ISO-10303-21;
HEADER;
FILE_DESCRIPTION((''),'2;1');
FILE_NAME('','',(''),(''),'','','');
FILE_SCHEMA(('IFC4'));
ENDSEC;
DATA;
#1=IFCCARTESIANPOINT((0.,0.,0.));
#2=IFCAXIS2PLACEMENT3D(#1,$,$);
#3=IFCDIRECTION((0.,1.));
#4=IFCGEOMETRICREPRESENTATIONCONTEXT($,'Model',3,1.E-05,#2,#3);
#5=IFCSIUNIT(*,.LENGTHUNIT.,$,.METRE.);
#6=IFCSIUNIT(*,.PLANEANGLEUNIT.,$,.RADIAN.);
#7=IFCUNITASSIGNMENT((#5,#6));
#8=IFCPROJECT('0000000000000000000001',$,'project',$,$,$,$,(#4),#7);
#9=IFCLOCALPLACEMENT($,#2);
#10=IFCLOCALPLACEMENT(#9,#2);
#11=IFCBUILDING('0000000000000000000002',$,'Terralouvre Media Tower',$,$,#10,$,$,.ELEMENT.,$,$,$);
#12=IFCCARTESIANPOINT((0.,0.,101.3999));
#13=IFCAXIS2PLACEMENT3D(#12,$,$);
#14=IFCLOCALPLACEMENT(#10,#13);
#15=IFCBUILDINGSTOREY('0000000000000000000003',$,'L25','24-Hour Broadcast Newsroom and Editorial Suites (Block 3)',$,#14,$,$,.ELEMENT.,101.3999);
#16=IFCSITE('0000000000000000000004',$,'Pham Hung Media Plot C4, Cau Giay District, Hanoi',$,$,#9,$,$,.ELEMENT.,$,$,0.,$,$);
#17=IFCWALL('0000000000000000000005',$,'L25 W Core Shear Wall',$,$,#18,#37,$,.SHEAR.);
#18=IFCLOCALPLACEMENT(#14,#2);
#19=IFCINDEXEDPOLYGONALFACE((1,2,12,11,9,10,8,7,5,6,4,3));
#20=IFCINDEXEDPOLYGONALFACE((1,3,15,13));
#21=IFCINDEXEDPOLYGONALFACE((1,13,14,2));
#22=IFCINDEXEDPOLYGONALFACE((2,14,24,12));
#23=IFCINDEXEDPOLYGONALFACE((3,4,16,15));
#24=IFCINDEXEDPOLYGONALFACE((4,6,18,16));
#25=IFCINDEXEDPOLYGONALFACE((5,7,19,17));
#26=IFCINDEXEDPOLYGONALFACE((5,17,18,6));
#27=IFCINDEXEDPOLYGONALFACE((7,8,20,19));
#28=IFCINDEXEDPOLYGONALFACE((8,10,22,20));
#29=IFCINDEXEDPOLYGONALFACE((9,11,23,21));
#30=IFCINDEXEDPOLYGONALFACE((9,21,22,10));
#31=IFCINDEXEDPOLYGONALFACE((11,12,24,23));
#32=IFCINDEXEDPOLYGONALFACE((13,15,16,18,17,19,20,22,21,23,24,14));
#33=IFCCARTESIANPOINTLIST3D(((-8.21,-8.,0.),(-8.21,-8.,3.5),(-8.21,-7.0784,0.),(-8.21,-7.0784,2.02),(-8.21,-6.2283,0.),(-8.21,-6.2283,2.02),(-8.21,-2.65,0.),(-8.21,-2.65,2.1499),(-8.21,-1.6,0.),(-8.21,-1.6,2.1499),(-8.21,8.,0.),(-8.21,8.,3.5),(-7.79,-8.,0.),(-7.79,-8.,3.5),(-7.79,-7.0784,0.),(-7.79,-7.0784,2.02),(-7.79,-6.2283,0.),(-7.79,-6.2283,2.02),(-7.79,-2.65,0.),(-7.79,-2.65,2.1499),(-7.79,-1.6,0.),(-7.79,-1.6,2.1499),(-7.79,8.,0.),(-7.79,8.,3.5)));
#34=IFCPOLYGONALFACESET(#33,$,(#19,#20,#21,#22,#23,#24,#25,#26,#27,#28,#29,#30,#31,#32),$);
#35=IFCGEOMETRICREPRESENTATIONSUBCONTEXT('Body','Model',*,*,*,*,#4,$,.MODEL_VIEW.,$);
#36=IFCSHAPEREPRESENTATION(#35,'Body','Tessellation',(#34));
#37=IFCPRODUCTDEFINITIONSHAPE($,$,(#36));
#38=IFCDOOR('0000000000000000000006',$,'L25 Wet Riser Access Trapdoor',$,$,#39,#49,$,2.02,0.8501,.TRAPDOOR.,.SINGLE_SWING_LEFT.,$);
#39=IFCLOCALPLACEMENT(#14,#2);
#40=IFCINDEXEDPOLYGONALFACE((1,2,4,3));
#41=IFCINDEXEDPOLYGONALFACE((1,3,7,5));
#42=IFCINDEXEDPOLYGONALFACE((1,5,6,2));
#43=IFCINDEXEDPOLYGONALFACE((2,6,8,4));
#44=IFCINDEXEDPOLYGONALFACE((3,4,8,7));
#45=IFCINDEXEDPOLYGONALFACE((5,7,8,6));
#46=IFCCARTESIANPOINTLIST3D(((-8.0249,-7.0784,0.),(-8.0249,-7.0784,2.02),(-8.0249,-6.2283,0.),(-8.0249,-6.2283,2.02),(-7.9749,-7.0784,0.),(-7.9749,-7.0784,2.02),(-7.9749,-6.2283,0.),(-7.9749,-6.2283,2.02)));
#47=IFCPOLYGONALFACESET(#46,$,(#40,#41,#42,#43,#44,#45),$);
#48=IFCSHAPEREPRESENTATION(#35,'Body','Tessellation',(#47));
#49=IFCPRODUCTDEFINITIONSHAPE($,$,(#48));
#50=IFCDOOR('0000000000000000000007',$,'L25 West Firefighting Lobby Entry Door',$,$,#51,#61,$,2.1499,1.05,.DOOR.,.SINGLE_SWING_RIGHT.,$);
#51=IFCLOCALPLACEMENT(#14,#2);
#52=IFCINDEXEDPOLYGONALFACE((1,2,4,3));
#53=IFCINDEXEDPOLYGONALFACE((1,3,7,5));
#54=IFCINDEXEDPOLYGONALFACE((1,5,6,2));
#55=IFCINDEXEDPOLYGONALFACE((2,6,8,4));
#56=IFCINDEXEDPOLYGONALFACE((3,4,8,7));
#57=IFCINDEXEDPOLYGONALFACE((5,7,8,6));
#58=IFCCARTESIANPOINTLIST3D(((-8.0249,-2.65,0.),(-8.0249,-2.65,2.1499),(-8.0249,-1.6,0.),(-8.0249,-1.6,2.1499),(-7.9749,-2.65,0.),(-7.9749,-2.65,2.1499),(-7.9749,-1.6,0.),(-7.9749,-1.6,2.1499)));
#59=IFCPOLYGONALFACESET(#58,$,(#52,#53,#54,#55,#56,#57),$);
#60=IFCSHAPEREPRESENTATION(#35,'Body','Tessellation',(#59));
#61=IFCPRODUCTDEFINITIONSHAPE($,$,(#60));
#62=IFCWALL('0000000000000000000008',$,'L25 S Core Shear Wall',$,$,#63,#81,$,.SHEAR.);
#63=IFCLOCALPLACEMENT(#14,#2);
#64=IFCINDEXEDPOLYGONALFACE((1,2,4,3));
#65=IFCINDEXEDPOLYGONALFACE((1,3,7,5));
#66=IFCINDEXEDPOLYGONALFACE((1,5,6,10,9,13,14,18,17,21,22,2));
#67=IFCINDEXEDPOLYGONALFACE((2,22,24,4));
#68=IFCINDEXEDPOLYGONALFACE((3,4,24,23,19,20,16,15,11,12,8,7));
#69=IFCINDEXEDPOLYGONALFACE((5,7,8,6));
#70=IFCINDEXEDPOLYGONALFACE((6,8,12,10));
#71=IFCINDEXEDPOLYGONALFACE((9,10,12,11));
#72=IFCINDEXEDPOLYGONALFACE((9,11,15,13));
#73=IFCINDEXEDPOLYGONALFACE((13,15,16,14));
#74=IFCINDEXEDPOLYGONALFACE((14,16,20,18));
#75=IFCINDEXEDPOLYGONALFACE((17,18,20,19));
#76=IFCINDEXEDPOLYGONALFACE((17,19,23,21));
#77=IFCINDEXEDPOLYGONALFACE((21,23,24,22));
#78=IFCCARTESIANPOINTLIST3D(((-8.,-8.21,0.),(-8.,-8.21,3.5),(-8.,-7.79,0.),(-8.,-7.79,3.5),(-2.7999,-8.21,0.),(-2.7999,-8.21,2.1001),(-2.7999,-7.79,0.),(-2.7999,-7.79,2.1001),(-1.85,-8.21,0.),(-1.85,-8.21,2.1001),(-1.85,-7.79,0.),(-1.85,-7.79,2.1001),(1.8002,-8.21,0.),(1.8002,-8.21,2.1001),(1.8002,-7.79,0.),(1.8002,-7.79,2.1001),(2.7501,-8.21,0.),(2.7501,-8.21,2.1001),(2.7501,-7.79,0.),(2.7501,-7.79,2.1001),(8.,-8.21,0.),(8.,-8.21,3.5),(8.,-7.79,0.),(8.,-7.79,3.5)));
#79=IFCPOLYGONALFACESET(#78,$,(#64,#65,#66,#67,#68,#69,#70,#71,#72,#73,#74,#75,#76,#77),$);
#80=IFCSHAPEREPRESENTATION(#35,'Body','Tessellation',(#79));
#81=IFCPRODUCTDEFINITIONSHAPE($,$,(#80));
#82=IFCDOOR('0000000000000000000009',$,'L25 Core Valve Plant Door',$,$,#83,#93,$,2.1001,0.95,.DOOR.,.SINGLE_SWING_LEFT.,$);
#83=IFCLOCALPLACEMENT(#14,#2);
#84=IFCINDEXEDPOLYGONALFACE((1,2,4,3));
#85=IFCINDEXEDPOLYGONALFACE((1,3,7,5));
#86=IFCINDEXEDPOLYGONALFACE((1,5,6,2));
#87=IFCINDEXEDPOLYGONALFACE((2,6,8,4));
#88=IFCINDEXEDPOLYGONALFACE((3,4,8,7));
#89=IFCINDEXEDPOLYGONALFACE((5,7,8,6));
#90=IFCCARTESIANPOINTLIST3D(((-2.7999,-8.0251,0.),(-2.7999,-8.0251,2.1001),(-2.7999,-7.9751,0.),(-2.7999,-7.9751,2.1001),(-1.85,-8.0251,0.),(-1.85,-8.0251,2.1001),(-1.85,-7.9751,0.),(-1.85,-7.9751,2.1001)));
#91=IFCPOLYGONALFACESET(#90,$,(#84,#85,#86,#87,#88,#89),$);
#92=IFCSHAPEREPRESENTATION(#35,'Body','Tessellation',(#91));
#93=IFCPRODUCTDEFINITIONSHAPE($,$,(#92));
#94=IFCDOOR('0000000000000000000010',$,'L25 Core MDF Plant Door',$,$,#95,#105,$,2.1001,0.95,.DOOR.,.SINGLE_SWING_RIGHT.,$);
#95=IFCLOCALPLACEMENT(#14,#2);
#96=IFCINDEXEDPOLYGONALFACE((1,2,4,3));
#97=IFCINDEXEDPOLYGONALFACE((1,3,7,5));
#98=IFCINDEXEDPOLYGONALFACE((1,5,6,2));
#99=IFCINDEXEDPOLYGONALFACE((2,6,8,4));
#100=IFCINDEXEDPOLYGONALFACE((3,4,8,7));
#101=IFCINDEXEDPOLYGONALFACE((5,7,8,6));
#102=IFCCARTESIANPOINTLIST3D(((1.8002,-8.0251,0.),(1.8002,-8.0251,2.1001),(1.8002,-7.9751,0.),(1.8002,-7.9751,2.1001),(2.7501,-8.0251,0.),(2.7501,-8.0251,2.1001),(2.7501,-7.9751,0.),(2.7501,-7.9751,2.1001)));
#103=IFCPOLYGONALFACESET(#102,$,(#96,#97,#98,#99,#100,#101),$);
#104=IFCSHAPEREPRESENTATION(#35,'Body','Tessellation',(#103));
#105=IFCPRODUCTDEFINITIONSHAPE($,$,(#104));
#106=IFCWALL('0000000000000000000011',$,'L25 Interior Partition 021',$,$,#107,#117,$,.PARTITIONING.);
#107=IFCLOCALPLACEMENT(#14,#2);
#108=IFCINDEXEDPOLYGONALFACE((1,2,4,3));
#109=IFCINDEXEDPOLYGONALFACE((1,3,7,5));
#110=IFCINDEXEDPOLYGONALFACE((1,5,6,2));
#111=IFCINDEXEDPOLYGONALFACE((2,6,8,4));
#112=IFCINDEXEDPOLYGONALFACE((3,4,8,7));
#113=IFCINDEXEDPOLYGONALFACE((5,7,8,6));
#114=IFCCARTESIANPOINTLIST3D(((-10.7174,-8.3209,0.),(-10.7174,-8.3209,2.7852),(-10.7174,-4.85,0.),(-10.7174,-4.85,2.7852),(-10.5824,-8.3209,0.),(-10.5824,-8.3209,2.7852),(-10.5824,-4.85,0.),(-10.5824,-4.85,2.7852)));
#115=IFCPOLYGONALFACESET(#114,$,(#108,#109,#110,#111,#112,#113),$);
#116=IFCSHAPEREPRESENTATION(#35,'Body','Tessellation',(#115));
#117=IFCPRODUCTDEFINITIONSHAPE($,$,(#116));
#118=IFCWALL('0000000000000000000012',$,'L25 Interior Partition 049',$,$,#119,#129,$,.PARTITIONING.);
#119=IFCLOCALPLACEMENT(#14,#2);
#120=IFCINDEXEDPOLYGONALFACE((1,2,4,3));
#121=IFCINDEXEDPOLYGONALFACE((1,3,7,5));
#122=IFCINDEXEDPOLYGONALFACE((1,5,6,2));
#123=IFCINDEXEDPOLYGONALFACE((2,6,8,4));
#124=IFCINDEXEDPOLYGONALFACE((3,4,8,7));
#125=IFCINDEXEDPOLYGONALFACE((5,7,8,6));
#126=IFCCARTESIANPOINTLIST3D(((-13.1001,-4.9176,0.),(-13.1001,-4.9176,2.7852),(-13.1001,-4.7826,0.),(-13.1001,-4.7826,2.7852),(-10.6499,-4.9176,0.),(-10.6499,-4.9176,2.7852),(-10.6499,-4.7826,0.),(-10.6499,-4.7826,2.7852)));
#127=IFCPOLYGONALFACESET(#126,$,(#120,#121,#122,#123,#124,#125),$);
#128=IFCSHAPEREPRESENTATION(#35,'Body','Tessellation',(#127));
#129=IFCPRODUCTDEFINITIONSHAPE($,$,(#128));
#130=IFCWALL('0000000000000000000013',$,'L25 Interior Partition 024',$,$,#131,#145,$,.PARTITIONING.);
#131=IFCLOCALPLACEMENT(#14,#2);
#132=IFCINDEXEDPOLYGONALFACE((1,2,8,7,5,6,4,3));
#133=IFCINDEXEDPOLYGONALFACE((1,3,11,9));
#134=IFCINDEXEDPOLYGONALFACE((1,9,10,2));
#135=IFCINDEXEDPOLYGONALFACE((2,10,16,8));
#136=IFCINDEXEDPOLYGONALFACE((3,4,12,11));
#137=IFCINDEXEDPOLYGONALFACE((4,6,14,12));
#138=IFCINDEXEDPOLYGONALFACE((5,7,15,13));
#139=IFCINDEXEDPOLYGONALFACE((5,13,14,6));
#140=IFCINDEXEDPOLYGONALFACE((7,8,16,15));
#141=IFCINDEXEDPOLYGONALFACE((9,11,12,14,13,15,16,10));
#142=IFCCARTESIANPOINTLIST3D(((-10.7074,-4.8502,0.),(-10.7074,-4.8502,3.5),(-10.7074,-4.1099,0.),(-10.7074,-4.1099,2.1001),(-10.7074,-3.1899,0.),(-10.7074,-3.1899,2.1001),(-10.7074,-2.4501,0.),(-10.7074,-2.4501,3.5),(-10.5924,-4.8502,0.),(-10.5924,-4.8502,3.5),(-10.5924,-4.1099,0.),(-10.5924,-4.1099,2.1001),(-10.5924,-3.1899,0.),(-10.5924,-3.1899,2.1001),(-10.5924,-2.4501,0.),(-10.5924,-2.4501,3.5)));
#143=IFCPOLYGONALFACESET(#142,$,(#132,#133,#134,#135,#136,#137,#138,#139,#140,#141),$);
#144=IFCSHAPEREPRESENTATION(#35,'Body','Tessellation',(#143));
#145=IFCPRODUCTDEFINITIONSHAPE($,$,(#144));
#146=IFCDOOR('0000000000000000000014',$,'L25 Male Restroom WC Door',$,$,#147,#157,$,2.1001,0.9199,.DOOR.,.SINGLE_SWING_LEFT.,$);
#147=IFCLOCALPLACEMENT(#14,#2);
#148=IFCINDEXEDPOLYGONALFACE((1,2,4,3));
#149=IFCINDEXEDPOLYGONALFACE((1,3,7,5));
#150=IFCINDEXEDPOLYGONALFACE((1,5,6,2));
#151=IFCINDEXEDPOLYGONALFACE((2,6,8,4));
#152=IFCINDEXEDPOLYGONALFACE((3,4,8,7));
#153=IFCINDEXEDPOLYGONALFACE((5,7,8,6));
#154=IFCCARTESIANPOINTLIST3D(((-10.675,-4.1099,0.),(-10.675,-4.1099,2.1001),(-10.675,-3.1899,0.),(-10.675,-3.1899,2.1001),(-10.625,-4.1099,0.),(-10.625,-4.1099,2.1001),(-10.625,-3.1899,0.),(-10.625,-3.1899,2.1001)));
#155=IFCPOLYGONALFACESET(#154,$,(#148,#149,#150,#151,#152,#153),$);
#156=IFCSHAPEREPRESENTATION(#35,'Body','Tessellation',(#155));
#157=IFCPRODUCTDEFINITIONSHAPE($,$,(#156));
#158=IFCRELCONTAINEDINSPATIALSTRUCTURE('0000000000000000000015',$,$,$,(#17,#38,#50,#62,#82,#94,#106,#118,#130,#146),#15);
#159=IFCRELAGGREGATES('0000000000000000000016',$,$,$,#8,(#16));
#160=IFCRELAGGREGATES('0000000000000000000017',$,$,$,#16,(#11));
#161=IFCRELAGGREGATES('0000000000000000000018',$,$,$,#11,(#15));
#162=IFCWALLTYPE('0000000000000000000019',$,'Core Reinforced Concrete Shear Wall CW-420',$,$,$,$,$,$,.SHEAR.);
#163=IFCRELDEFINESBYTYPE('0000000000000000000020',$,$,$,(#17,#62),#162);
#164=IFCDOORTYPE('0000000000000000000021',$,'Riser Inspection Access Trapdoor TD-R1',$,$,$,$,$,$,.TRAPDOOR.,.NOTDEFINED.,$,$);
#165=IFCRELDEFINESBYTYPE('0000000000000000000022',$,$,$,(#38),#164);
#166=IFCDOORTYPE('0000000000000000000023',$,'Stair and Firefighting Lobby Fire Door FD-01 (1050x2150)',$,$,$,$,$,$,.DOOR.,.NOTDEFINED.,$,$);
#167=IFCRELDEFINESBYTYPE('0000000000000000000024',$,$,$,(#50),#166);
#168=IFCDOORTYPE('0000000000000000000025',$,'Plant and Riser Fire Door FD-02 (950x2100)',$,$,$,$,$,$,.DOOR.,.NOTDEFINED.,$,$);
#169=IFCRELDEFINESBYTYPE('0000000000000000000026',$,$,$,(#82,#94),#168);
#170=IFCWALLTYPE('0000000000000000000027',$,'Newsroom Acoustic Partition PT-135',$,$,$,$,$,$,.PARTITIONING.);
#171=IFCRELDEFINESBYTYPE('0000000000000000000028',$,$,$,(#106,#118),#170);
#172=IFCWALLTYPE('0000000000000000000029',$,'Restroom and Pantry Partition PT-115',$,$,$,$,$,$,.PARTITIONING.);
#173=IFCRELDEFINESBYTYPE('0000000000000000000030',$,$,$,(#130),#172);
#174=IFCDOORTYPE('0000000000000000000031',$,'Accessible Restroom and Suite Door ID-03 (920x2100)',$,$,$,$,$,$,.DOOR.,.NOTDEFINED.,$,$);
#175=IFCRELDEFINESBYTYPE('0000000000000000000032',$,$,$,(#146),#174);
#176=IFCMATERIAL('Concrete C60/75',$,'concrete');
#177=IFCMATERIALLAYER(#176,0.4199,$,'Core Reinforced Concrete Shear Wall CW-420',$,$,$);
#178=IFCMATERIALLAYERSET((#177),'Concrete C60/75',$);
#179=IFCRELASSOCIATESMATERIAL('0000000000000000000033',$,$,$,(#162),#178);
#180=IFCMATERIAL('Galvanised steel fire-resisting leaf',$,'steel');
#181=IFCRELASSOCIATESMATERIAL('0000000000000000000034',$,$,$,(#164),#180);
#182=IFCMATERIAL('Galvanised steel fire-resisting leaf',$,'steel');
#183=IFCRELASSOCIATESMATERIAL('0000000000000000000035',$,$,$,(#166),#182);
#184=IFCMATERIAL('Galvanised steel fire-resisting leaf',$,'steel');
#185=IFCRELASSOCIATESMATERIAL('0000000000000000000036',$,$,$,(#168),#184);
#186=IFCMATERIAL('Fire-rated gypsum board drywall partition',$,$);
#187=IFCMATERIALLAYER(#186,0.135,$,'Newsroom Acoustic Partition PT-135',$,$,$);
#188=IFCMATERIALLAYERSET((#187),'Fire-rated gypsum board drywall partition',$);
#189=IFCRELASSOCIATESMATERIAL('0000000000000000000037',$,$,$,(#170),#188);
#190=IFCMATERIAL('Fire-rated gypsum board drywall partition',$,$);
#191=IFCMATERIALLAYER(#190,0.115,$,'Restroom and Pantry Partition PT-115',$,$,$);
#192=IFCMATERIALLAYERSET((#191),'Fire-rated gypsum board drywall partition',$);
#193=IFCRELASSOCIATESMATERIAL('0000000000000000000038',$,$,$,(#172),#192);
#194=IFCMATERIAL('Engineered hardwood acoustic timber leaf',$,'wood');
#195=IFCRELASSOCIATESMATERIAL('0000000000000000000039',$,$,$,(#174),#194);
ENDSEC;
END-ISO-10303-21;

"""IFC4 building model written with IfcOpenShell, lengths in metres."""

from ifc_helpers import new_model, si_unit, direction, frame, frame_2d, origin, place, context, subcontext, project, spatial, rectangle, extrude, material, layer, layer_set, type_object, element, fill, save


model = new_model("IFC4")

# Units and contexts
model_context = context("Model", 3, precision=1e-05, world=origin(), true_north=direction((0.0, 1.0)))
body_context = subcontext(model_context, "Body", "Model", "MODEL_VIEW")
ifc_project = project(units=[si_unit("LENGTHUNIT", "METRE"), si_unit("PLANEANGLEUNIT", "RADIAN")], contexts=[model_context])

# Site, building, storey
site_placement = place(None, origin())
site = spatial("IfcSite", under=ifc_project, at=site_placement, Name="Pham Hung Media Plot C4, Cau Giay District, Hanoi", CompositionType="ELEMENT", RefElevation=0.0)
building_placement = place(site_placement, origin())
building = spatial("IfcBuilding", under=site, at=building_placement, Name="Terralouvre Media Tower", CompositionType="ELEMENT")
storey_placement = place(building_placement, frame((0.0, 0.0, 101.3999)))
storey = spatial("IfcBuildingStorey", under=building, at=storey_placement, Name="L25", Description="24-Hour Broadcast Newsroom and Editorial Suites (Block 3)", CompositionType="ELEMENT", Elevation=101.3999)

# Walls, openings, doors
ifc_material_1 = material(Name="Concrete C60/75", Category="concrete")
ifc_layer_1 = layer(ifc_material_1, 0.4199, Name="Core Reinforced Concrete Shear Wall CW-420")
ifc_layer_set_1 = layer_set([ifc_layer_1], Name="Concrete C60/75")
wall_type_1 = type_object("IfcWallType", Name="Core Reinforced Concrete Shear Wall CW-420", PredefinedType="SHEAR", material=ifc_layer_set_1)
wall_1_placement = place(storey_placement, frame((-8.0, -8.0, 0.0), z_axis=(0.0, 0.0, 1.0), x_axis=(0.0, 1.0, 0.0)))
wall_1 = element("IfcWall", 1, at=wall_1_placement, inside=storey, type_object=wall_type_1, Name="L25 W Core Shear Wall", PredefinedType="SHEAR", context=body_context, shape_type="SweptSolid", body=[
    extrude(rectangle(XDim=16.0, YDim=0.4199, at=frame_2d((8.0, 0.0))), origin(), (0.0, 0.0, 1.0), 3.5),
])
opening_1_placement = place(wall_1_placement, frame((0.9216, 0.0, 0.0)))
opening_1 = element("IfcOpeningElement", 2, at=opening_1_placement, cuts=wall_1, PredefinedType="OPENING", context=body_context, shape_type="SweptSolid", body=[
    extrude(rectangle(XDim=0.8501, YDim=2.02, at=frame_2d((0.425, 1.01))), frame((0.0, 0.22, 0.0), z_axis=(0.0, -1.0, 0.0), x_axis=(1.0, 0.0, 0.0)), (0.0, 0.0, 1.0), 0.4399),
])
opening_2_placement = place(wall_1_placement, frame((5.3501, 0.0, 0.0)))
opening_2 = element("IfcOpeningElement", 3, at=opening_2_placement, cuts=wall_1, PredefinedType="OPENING", context=body_context, shape_type="SweptSolid", body=[
    extrude(rectangle(XDim=1.05, YDim=2.1499, at=frame_2d((0.5249, 1.075))), frame((0.0, 0.22, 0.0), z_axis=(0.0, -1.0, 0.0), x_axis=(1.0, 0.0, 0.0)), (0.0, 0.0, 1.0), 0.4399),
])
ifc_material_2 = material(Name="Galvanised steel fire-resisting leaf", Category="steel")
door_type_1 = type_object("IfcDoorType", Name="Riser Inspection Access Trapdoor TD-R1", OperationType="NOTDEFINED", PredefinedType="TRAPDOOR", material=ifc_material_2)
door_1_placement = place(opening_1_placement, origin())
door_1 = element("IfcDoor", 4, at=door_1_placement, inside=storey, type_object=door_type_1, Name="L25 Wet Riser Access Trapdoor", OperationType="SINGLE_SWING_LEFT", OverallHeight=2.02, OverallWidth=0.8501, PredefinedType="TRAPDOOR", context=body_context, shape_type="SweptSolid", body=[
    extrude(rectangle(XDim=0.8501, YDim=2.02, at=frame_2d((0.425, 1.01))), frame((0.0, 0.0249, 0.0), z_axis=(0.0, -1.0, 0.0), x_axis=(1.0, 0.0, 0.0)), (0.0, 0.0, 1.0), 0.05),
])
fill(opening_1, door_1)
ifc_material_3 = material(Name="Galvanised steel fire-resisting leaf", Category="steel")
door_type_2 = type_object("IfcDoorType", Name="Stair and Firefighting Lobby Fire Door FD-01 (1050x2150)", OperationType="NOTDEFINED", PredefinedType="DOOR", material=ifc_material_3)
door_2_placement = place(opening_2_placement, origin())
door_2 = element("IfcDoor", 5, at=door_2_placement, inside=storey, type_object=door_type_2, Name="L25 West Firefighting Lobby Entry Door", OperationType="SINGLE_SWING_RIGHT", OverallHeight=2.1499, OverallWidth=1.05, PredefinedType="DOOR", context=body_context, shape_type="SweptSolid", body=[
    extrude(rectangle(XDim=1.05, YDim=2.1499, at=frame_2d((0.5249, 1.075))), frame((0.0, 0.0249, 0.0), z_axis=(0.0, -1.0, 0.0), x_axis=(1.0, 0.0, 0.0)), (0.0, 0.0, 1.0), 0.05),
])
fill(opening_2, door_2)
wall_2_placement = place(storey_placement, frame((-8.0, -8.0, 0.0), z_axis=(0.0, 0.0, 1.0), x_axis=(1.0, 0.0, 0.0)))
wall_2 = element("IfcWall", 6, at=wall_2_placement, inside=storey, type_object=wall_type_1, Name="L25 S Core Shear Wall", PredefinedType="SHEAR", context=body_context, shape_type="SweptSolid", body=[
    extrude(rectangle(XDim=16.0, YDim=0.4199, at=frame_2d((8.0, 0.0))), origin(), (0.0, 0.0, 1.0), 3.5),
])
opening_3_placement = place(wall_2_placement, frame((5.2, 0.0, 0.0)))
opening_3 = element("IfcOpeningElement", 7, at=opening_3_placement, cuts=wall_2, PredefinedType="OPENING", context=body_context, shape_type="SweptSolid", body=[
    extrude(rectangle(XDim=0.95, YDim=2.1001, at=frame_2d((0.4751, 1.05))), frame((0.0, 0.22, 0.0), z_axis=(0.0, -1.0, 0.0), x_axis=(1.0, 0.0, 0.0)), (0.0, 0.0, 1.0), 0.4399),
])
opening_4_placement = place(wall_2_placement, frame((9.8, 0.0, 0.0)))
opening_4 = element("IfcOpeningElement", 8, at=opening_4_placement, cuts=wall_2, PredefinedType="OPENING", context=body_context, shape_type="SweptSolid", body=[
    extrude(rectangle(XDim=0.95, YDim=2.1001, at=frame_2d((0.4751, 1.05))), frame((0.0, 0.22, 0.0), z_axis=(0.0, -1.0, 0.0), x_axis=(1.0, 0.0, 0.0)), (0.0, 0.0, 1.0), 0.4399),
])
ifc_material_4 = material(Name="Galvanised steel fire-resisting leaf", Category="steel")
door_type_3 = type_object("IfcDoorType", Name="Plant and Riser Fire Door FD-02 (950x2100)", OperationType="NOTDEFINED", PredefinedType="DOOR", material=ifc_material_4)
door_3_placement = place(opening_3_placement, origin())
door_3 = element("IfcDoor", 9, at=door_3_placement, inside=storey, type_object=door_type_3, Name="L25 Core Valve Plant Door", OperationType="SINGLE_SWING_LEFT", OverallHeight=2.1001, OverallWidth=0.95, PredefinedType="DOOR", context=body_context, shape_type="SweptSolid", body=[
    extrude(rectangle(XDim=0.95, YDim=2.1001, at=frame_2d((0.4751, 1.05))), frame((0.0, 0.0249, 0.0), z_axis=(0.0, -1.0, 0.0), x_axis=(1.0, 0.0, 0.0)), (0.0, 0.0, 1.0), 0.05),
])
fill(opening_3, door_3)
door_4_placement = place(opening_4_placement, origin())
door_4 = element("IfcDoor", 10, at=door_4_placement, inside=storey, type_object=door_type_3, Name="L25 Core MDF Plant Door", OperationType="SINGLE_SWING_RIGHT", OverallHeight=2.1001, OverallWidth=0.95, PredefinedType="DOOR", context=body_context, shape_type="SweptSolid", body=[
    extrude(rectangle(XDim=0.95, YDim=2.1001, at=frame_2d((0.4751, 1.05))), frame((0.0, 0.0249, 0.0), z_axis=(0.0, -1.0, 0.0), x_axis=(1.0, 0.0, 0.0)), (0.0, 0.0, 1.0), 0.05),
])
fill(opening_4, door_4)

# Walls
ifc_material_5 = material(Name="Fire-rated gypsum board drywall partition")
ifc_layer_2 = layer(ifc_material_5, 0.135, Name="Newsroom Acoustic Partition PT-135")
ifc_layer_set_2 = layer_set([ifc_layer_2], Name="Fire-rated gypsum board drywall partition")
wall_type_2 = type_object("IfcWallType", Name="Newsroom Acoustic Partition PT-135", PredefinedType="PARTITIONING", material=ifc_layer_set_2)
wall_3_placement = place(storey_placement, frame((-10.6499, -4.8501, 0.0), z_axis=(0.0, 0.0, 1.0), x_axis=(0.0, -1.0, 0.0)))
element("IfcWall", 11, at=wall_3_placement, inside=storey, type_object=wall_type_2, Name="L25 Interior Partition 021", PredefinedType="PARTITIONING", context=body_context, shape_type="SweptSolid", body=[
    extrude(rectangle(XDim=3.4709, YDim=0.135, at=frame_2d((1.7354, 0.0))), origin(), (0.0, 0.0, 1.0), 2.7852),
])
wall_4_placement = place(storey_placement, frame((-10.6499, -4.8501, 0.0), z_axis=(0.0, 0.0, 1.0), x_axis=(-1.0, 0.0, 0.0)))
element("IfcWall", 12, at=wall_4_placement, inside=storey, type_object=wall_type_2, Name="L25 Interior Partition 049", PredefinedType="PARTITIONING", context=body_context, shape_type="SweptSolid", body=[
    extrude(rectangle(XDim=2.4502, YDim=0.135, at=frame_2d((1.2251, 0.0))), origin(), (0.0, 0.0, 1.0), 2.7852),
])

# Wall, opening, door
ifc_material_6 = material(Name="Fire-rated gypsum board drywall partition")
ifc_layer_3 = layer(ifc_material_6, 0.115, Name="Restroom and Pantry Partition PT-115")
ifc_layer_set_3 = layer_set([ifc_layer_3], Name="Fire-rated gypsum board drywall partition")
wall_type_3 = type_object("IfcWallType", Name="Restroom and Pantry Partition PT-115", PredefinedType="PARTITIONING", material=ifc_layer_set_3)
wall_5_placement = place(storey_placement, frame((-10.6499, -2.45, 0.0), z_axis=(0.0, 0.0, 1.0), x_axis=(0.0, -1.0, 0.0)))
wall_5 = element("IfcWall", 13, at=wall_5_placement, inside=storey, type_object=wall_type_3, Name="L25 Interior Partition 024", PredefinedType="PARTITIONING", context=body_context, shape_type="SweptSolid", body=[
    extrude(rectangle(XDim=2.4001, YDim=0.115, at=frame_2d((1.2002, 0.0))), origin(), (0.0, 0.0, 1.0), 3.5),
])
opening_5_placement = place(wall_5_placement, frame((0.74, 0.0, 0.0)))
opening_5 = element("IfcOpeningElement", 14, at=opening_5_placement, cuts=wall_5, PredefinedType="OPENING", context=body_context, shape_type="SweptSolid", body=[
    extrude(rectangle(XDim=0.9199, YDim=2.1001, at=frame_2d((0.46, 1.05))), frame((0.0, 0.0674, 0.0), z_axis=(0.0, -1.0, 0.0), x_axis=(1.0, 0.0, 0.0)), (0.0, 0.0, 1.0), 0.135),
])
ifc_material_7 = material(Name="Engineered hardwood acoustic timber leaf", Category="wood")
door_type_4 = type_object("IfcDoorType", Name="Accessible Restroom and Suite Door ID-03 (920x2100)", OperationType="NOTDEFINED", PredefinedType="DOOR", material=ifc_material_7)
door_5_placement = place(opening_5_placement, origin())
door_5 = element("IfcDoor", 15, at=door_5_placement, inside=storey, type_object=door_type_4, Name="L25 Male Restroom WC Door", OperationType="SINGLE_SWING_LEFT", OverallHeight=2.1001, OverallWidth=0.9199, PredefinedType="DOOR", context=body_context, shape_type="SweptSolid", body=[
    extrude(rectangle(XDim=0.9199, YDim=2.1001, at=frame_2d((0.46, 1.05))), frame((0.0, 0.0249, 0.0), z_axis=(0.0, -1.0, 0.0), x_axis=(1.0, 0.0, 0.0)), (0.0, 0.0, 1.0), 0.05),
])
fill(opening_5, door_5)

save(model, "model.ifc")
